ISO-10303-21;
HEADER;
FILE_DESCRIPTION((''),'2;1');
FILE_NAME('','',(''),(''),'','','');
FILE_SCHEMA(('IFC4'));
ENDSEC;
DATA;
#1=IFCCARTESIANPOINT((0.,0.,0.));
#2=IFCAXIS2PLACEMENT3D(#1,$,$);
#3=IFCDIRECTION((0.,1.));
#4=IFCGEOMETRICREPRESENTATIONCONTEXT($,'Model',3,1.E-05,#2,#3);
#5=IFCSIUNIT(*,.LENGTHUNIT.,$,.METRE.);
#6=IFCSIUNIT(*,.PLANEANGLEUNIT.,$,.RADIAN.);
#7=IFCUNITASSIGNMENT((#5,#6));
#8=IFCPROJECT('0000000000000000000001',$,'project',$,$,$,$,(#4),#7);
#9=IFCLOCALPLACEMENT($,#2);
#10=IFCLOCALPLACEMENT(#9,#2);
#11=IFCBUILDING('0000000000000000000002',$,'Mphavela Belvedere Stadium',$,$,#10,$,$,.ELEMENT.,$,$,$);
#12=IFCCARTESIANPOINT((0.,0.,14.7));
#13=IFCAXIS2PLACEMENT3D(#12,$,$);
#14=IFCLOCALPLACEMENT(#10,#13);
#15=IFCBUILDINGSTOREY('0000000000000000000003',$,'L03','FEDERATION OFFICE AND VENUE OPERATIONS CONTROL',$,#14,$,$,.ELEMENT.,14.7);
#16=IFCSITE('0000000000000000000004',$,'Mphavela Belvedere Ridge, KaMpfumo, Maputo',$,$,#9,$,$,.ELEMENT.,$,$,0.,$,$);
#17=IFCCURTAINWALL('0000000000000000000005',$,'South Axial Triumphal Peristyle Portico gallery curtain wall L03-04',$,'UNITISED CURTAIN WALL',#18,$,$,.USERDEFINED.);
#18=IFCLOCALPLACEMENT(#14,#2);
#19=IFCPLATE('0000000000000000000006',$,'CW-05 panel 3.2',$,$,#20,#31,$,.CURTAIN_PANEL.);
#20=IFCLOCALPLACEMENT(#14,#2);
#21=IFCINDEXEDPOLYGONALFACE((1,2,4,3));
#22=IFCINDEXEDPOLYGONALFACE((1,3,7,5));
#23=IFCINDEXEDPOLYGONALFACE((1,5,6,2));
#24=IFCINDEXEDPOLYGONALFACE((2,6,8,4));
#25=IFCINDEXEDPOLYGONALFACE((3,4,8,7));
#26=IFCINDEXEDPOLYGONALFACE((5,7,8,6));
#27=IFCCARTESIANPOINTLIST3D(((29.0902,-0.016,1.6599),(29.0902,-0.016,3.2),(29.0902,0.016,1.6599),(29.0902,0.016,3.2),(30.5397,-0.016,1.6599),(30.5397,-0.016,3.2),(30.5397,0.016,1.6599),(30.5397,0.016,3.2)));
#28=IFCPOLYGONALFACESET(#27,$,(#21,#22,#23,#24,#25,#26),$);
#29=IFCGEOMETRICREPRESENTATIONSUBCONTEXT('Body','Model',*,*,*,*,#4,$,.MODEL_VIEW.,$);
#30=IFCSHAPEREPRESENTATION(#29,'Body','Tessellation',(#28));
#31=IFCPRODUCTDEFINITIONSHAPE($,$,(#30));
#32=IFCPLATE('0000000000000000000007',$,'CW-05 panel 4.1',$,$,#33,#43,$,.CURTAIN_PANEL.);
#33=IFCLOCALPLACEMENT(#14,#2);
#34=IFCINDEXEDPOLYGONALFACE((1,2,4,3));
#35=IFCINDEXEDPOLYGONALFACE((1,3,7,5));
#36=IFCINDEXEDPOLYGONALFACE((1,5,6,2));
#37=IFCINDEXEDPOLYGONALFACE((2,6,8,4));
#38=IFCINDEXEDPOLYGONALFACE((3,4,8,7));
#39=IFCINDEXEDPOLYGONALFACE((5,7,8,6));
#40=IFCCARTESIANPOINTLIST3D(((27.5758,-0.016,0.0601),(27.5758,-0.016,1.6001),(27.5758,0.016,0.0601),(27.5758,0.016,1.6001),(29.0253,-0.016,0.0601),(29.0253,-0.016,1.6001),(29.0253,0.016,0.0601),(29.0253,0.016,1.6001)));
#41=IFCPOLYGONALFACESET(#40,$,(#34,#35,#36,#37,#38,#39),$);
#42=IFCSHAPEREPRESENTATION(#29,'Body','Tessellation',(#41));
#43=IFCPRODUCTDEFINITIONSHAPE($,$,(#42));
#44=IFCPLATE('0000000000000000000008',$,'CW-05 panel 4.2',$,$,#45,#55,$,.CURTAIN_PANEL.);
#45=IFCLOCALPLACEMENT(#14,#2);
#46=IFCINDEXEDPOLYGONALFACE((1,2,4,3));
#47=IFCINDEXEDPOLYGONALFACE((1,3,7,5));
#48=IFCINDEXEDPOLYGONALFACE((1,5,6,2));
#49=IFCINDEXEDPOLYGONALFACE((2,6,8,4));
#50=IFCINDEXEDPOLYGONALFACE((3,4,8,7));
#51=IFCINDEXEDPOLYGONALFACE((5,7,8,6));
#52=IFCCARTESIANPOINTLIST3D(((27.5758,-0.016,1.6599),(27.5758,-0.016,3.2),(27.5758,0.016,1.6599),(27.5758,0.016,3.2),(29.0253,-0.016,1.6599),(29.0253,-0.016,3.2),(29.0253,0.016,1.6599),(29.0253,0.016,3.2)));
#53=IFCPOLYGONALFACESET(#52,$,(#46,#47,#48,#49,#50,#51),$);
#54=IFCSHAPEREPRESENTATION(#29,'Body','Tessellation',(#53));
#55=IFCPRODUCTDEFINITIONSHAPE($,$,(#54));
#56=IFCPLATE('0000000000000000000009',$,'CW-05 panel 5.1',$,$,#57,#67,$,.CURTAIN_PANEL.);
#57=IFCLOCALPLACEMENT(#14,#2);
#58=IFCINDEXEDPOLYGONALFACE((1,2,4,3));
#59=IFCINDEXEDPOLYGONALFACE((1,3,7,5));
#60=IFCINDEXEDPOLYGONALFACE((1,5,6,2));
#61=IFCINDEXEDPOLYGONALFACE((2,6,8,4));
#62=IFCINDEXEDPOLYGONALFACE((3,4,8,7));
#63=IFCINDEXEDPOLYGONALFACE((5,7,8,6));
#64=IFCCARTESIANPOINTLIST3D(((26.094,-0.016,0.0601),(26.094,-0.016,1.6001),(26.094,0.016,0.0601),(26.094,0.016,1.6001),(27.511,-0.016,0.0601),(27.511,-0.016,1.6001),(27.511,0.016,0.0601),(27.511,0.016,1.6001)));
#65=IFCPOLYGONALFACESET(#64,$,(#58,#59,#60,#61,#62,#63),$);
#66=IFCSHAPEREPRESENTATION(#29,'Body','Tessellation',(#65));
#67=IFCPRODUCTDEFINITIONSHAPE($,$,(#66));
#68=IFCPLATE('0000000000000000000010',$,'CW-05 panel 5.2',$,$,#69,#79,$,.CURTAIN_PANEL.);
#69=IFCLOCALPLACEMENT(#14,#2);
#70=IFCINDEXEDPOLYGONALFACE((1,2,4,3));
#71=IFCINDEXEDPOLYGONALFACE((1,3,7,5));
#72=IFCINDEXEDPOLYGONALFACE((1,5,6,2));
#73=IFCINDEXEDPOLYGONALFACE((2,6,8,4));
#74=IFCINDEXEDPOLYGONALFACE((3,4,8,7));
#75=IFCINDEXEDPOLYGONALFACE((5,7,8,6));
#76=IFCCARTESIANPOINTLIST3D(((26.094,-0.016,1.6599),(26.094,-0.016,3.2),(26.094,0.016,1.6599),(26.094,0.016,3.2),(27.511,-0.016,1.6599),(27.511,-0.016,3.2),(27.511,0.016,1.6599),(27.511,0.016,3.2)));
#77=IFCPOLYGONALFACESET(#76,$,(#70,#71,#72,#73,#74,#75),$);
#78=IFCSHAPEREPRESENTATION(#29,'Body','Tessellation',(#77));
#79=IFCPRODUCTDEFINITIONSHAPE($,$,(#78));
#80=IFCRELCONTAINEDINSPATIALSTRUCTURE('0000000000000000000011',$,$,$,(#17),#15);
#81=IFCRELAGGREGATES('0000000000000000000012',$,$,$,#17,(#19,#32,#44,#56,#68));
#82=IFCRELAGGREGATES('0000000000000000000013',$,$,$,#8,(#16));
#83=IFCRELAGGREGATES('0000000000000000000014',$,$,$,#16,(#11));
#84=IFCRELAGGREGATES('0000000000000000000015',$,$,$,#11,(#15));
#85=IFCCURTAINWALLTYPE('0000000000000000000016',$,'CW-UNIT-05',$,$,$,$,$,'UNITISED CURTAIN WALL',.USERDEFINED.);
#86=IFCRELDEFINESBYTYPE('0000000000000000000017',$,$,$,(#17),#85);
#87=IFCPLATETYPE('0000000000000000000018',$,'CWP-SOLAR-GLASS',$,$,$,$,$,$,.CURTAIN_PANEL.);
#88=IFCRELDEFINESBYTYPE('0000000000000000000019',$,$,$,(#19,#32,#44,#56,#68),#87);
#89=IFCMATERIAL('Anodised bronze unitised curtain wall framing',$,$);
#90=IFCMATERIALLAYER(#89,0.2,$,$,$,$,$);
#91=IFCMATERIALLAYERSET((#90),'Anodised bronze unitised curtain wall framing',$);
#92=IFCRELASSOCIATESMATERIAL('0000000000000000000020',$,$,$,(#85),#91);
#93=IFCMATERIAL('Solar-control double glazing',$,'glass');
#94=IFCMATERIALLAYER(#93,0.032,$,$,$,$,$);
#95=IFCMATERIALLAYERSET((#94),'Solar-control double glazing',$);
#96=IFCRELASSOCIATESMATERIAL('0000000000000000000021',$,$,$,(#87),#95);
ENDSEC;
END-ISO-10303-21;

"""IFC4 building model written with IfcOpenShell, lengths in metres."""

from ifc_helpers import new_model, si_unit, direction, frame, origin, origin_2d, place, context, subcontext, project, spatial, rectangle, extrude, material, layer, layer_set, type_object, element, aggregate, save


model = new_model("IFC4")

# Units and contexts
model_context = context("Model", 3, precision=1e-05, world=origin(), true_north=direction((0.0, 1.0)))
body_context = subcontext(model_context, "Body", "Model", "MODEL_VIEW")
ifc_project = project(units=[si_unit("LENGTHUNIT", "METRE"), si_unit("PLANEANGLEUNIT", "RADIAN")], contexts=[model_context])

# Site, building, storey
site_placement = place(None, origin())
site = spatial("IfcSite", under=ifc_project, at=site_placement, Name="Mphavela Belvedere Ridge, KaMpfumo, Maputo", CompositionType="ELEMENT", RefElevation=0.0)
building_placement = place(site_placement, origin())
building = spatial("IfcBuilding", under=site, at=building_placement, Name="Mphavela Belvedere Stadium", CompositionType="ELEMENT")
storey_placement = place(building_placement, frame((0.0, 0.0, 14.7)))
storey = spatial("IfcBuildingStorey", under=building, at=storey_placement, Name="L03", Description="FEDERATION OFFICE AND VENUE OPERATIONS CONTROL", CompositionType="ELEMENT", Elevation=14.7)

# Curtain wall, plates
ifc_material_1 = material(Name="Anodised bronze unitised curtain wall framing")
ifc_layer_1 = layer(ifc_material_1, 0.2)
ifc_layer_set_1 = layer_set([ifc_layer_1], Name="Anodised bronze unitised curtain wall framing")
curtain_wall_type = type_object("IfcCurtainWallType", Name="CW-UNIT-05", ElementType="UNITISED CURTAIN WALL", PredefinedType="USERDEFINED", material=ifc_layer_set_1)
curtain_wall_placement = place(storey_placement, origin())
curtain_wall = element("IfcCurtainWall", 1, at=curtain_wall_placement, inside=storey, type_object=curtain_wall_type, Name="South Axial Triumphal Peristyle Portico gallery curtain wall L03-04", ObjectType="UNITISED CURTAIN WALL", PredefinedType="USERDEFINED")
ifc_material_2 = material(Name="Solar-control double glazing", Category="glass")
ifc_layer_2 = layer(ifc_material_2, 0.032)
ifc_layer_set_2 = layer_set([ifc_layer_2], Name="Solar-control double glazing")
plate_type = type_object("IfcPlateType", Name="CWP-SOLAR-GLASS", PredefinedType="CURTAIN_PANEL", material=ifc_layer_set_2)
plate_1_placement = place(storey_placement, frame((29.8149, 0.0, 1.6599), z_axis=(0.0, 0.0, 1.0), x_axis=(-1.0, 0.0, 0.0)))
plate_1 = element("IfcPlate", 2, at=plate_1_placement, type_object=plate_type, Name="CW-05 panel 3.2", PredefinedType="CURTAIN_PANEL", context=body_context, shape_type="SweptSolid", body=[
    extrude(rectangle(XDim=1.4495, YDim=0.032, at=origin_2d()), origin(), (0.0, 0.0, 1.0), 1.54),
])
plate_2_placement = place(storey_placement, frame((28.3005, 0.0, 0.0601), z_axis=(0.0, 0.0, 1.0), x_axis=(-1.0, 0.0, 0.0)))
plate_2 = element("IfcPlate", 3, at=plate_2_placement, type_object=plate_type, Name="CW-05 panel 4.1", PredefinedType="CURTAIN_PANEL", context=body_context, shape_type="SweptSolid", body=[
    extrude(rectangle(XDim=1.4495, YDim=0.032, at=origin_2d()), origin(), (0.0, 0.0, 1.0), 1.54),
])
plate_3_placement = place(storey_placement, frame((28.3005, 0.0, 1.6599), z_axis=(0.0, 0.0, 1.0), x_axis=(-1.0, 0.0, 0.0)))
plate_3 = element("IfcPlate", 4, at=plate_3_placement, type_object=plate_type, Name="CW-05 panel 4.2", PredefinedType="CURTAIN_PANEL", context=body_context, shape_type="SweptSolid", body=[
    extrude(rectangle(XDim=1.4495, YDim=0.032, at=origin_2d()), origin(), (0.0, 0.0, 1.0), 1.54),
])
plate_4_placement = place(storey_placement, frame((26.8025, 0.0, 0.0601), z_axis=(0.0, 0.0, 1.0), x_axis=(-1.0, 0.0, 0.0)))
plate_4 = element("IfcPlate", 5, at=plate_4_placement, type_object=plate_type, Name="CW-05 panel 5.1", PredefinedType="CURTAIN_PANEL", context=body_context, shape_type="SweptSolid", body=[
    extrude(rectangle(XDim=1.417, YDim=0.032, at=origin_2d()), origin(), (0.0, 0.0, 1.0), 1.54),
])
plate_5_placement = place(storey_placement, frame((26.8025, 0.0, 1.6599), z_axis=(0.0, 0.0, 1.0), x_axis=(-1.0, 0.0, 0.0)))
plate_5 = element("IfcPlate", 6, at=plate_5_placement, type_object=plate_type, Name="CW-05 panel 5.2", PredefinedType="CURTAIN_PANEL", context=body_context, shape_type="SweptSolid", body=[
    extrude(rectangle(XDim=1.417, YDim=0.032, at=origin_2d()), origin(), (0.0, 0.0, 1.0), 1.54),
])
aggregate(curtain_wall, [plate_1, plate_2, plate_3, plate_4, plate_5])

save(model, "model.ifc")
